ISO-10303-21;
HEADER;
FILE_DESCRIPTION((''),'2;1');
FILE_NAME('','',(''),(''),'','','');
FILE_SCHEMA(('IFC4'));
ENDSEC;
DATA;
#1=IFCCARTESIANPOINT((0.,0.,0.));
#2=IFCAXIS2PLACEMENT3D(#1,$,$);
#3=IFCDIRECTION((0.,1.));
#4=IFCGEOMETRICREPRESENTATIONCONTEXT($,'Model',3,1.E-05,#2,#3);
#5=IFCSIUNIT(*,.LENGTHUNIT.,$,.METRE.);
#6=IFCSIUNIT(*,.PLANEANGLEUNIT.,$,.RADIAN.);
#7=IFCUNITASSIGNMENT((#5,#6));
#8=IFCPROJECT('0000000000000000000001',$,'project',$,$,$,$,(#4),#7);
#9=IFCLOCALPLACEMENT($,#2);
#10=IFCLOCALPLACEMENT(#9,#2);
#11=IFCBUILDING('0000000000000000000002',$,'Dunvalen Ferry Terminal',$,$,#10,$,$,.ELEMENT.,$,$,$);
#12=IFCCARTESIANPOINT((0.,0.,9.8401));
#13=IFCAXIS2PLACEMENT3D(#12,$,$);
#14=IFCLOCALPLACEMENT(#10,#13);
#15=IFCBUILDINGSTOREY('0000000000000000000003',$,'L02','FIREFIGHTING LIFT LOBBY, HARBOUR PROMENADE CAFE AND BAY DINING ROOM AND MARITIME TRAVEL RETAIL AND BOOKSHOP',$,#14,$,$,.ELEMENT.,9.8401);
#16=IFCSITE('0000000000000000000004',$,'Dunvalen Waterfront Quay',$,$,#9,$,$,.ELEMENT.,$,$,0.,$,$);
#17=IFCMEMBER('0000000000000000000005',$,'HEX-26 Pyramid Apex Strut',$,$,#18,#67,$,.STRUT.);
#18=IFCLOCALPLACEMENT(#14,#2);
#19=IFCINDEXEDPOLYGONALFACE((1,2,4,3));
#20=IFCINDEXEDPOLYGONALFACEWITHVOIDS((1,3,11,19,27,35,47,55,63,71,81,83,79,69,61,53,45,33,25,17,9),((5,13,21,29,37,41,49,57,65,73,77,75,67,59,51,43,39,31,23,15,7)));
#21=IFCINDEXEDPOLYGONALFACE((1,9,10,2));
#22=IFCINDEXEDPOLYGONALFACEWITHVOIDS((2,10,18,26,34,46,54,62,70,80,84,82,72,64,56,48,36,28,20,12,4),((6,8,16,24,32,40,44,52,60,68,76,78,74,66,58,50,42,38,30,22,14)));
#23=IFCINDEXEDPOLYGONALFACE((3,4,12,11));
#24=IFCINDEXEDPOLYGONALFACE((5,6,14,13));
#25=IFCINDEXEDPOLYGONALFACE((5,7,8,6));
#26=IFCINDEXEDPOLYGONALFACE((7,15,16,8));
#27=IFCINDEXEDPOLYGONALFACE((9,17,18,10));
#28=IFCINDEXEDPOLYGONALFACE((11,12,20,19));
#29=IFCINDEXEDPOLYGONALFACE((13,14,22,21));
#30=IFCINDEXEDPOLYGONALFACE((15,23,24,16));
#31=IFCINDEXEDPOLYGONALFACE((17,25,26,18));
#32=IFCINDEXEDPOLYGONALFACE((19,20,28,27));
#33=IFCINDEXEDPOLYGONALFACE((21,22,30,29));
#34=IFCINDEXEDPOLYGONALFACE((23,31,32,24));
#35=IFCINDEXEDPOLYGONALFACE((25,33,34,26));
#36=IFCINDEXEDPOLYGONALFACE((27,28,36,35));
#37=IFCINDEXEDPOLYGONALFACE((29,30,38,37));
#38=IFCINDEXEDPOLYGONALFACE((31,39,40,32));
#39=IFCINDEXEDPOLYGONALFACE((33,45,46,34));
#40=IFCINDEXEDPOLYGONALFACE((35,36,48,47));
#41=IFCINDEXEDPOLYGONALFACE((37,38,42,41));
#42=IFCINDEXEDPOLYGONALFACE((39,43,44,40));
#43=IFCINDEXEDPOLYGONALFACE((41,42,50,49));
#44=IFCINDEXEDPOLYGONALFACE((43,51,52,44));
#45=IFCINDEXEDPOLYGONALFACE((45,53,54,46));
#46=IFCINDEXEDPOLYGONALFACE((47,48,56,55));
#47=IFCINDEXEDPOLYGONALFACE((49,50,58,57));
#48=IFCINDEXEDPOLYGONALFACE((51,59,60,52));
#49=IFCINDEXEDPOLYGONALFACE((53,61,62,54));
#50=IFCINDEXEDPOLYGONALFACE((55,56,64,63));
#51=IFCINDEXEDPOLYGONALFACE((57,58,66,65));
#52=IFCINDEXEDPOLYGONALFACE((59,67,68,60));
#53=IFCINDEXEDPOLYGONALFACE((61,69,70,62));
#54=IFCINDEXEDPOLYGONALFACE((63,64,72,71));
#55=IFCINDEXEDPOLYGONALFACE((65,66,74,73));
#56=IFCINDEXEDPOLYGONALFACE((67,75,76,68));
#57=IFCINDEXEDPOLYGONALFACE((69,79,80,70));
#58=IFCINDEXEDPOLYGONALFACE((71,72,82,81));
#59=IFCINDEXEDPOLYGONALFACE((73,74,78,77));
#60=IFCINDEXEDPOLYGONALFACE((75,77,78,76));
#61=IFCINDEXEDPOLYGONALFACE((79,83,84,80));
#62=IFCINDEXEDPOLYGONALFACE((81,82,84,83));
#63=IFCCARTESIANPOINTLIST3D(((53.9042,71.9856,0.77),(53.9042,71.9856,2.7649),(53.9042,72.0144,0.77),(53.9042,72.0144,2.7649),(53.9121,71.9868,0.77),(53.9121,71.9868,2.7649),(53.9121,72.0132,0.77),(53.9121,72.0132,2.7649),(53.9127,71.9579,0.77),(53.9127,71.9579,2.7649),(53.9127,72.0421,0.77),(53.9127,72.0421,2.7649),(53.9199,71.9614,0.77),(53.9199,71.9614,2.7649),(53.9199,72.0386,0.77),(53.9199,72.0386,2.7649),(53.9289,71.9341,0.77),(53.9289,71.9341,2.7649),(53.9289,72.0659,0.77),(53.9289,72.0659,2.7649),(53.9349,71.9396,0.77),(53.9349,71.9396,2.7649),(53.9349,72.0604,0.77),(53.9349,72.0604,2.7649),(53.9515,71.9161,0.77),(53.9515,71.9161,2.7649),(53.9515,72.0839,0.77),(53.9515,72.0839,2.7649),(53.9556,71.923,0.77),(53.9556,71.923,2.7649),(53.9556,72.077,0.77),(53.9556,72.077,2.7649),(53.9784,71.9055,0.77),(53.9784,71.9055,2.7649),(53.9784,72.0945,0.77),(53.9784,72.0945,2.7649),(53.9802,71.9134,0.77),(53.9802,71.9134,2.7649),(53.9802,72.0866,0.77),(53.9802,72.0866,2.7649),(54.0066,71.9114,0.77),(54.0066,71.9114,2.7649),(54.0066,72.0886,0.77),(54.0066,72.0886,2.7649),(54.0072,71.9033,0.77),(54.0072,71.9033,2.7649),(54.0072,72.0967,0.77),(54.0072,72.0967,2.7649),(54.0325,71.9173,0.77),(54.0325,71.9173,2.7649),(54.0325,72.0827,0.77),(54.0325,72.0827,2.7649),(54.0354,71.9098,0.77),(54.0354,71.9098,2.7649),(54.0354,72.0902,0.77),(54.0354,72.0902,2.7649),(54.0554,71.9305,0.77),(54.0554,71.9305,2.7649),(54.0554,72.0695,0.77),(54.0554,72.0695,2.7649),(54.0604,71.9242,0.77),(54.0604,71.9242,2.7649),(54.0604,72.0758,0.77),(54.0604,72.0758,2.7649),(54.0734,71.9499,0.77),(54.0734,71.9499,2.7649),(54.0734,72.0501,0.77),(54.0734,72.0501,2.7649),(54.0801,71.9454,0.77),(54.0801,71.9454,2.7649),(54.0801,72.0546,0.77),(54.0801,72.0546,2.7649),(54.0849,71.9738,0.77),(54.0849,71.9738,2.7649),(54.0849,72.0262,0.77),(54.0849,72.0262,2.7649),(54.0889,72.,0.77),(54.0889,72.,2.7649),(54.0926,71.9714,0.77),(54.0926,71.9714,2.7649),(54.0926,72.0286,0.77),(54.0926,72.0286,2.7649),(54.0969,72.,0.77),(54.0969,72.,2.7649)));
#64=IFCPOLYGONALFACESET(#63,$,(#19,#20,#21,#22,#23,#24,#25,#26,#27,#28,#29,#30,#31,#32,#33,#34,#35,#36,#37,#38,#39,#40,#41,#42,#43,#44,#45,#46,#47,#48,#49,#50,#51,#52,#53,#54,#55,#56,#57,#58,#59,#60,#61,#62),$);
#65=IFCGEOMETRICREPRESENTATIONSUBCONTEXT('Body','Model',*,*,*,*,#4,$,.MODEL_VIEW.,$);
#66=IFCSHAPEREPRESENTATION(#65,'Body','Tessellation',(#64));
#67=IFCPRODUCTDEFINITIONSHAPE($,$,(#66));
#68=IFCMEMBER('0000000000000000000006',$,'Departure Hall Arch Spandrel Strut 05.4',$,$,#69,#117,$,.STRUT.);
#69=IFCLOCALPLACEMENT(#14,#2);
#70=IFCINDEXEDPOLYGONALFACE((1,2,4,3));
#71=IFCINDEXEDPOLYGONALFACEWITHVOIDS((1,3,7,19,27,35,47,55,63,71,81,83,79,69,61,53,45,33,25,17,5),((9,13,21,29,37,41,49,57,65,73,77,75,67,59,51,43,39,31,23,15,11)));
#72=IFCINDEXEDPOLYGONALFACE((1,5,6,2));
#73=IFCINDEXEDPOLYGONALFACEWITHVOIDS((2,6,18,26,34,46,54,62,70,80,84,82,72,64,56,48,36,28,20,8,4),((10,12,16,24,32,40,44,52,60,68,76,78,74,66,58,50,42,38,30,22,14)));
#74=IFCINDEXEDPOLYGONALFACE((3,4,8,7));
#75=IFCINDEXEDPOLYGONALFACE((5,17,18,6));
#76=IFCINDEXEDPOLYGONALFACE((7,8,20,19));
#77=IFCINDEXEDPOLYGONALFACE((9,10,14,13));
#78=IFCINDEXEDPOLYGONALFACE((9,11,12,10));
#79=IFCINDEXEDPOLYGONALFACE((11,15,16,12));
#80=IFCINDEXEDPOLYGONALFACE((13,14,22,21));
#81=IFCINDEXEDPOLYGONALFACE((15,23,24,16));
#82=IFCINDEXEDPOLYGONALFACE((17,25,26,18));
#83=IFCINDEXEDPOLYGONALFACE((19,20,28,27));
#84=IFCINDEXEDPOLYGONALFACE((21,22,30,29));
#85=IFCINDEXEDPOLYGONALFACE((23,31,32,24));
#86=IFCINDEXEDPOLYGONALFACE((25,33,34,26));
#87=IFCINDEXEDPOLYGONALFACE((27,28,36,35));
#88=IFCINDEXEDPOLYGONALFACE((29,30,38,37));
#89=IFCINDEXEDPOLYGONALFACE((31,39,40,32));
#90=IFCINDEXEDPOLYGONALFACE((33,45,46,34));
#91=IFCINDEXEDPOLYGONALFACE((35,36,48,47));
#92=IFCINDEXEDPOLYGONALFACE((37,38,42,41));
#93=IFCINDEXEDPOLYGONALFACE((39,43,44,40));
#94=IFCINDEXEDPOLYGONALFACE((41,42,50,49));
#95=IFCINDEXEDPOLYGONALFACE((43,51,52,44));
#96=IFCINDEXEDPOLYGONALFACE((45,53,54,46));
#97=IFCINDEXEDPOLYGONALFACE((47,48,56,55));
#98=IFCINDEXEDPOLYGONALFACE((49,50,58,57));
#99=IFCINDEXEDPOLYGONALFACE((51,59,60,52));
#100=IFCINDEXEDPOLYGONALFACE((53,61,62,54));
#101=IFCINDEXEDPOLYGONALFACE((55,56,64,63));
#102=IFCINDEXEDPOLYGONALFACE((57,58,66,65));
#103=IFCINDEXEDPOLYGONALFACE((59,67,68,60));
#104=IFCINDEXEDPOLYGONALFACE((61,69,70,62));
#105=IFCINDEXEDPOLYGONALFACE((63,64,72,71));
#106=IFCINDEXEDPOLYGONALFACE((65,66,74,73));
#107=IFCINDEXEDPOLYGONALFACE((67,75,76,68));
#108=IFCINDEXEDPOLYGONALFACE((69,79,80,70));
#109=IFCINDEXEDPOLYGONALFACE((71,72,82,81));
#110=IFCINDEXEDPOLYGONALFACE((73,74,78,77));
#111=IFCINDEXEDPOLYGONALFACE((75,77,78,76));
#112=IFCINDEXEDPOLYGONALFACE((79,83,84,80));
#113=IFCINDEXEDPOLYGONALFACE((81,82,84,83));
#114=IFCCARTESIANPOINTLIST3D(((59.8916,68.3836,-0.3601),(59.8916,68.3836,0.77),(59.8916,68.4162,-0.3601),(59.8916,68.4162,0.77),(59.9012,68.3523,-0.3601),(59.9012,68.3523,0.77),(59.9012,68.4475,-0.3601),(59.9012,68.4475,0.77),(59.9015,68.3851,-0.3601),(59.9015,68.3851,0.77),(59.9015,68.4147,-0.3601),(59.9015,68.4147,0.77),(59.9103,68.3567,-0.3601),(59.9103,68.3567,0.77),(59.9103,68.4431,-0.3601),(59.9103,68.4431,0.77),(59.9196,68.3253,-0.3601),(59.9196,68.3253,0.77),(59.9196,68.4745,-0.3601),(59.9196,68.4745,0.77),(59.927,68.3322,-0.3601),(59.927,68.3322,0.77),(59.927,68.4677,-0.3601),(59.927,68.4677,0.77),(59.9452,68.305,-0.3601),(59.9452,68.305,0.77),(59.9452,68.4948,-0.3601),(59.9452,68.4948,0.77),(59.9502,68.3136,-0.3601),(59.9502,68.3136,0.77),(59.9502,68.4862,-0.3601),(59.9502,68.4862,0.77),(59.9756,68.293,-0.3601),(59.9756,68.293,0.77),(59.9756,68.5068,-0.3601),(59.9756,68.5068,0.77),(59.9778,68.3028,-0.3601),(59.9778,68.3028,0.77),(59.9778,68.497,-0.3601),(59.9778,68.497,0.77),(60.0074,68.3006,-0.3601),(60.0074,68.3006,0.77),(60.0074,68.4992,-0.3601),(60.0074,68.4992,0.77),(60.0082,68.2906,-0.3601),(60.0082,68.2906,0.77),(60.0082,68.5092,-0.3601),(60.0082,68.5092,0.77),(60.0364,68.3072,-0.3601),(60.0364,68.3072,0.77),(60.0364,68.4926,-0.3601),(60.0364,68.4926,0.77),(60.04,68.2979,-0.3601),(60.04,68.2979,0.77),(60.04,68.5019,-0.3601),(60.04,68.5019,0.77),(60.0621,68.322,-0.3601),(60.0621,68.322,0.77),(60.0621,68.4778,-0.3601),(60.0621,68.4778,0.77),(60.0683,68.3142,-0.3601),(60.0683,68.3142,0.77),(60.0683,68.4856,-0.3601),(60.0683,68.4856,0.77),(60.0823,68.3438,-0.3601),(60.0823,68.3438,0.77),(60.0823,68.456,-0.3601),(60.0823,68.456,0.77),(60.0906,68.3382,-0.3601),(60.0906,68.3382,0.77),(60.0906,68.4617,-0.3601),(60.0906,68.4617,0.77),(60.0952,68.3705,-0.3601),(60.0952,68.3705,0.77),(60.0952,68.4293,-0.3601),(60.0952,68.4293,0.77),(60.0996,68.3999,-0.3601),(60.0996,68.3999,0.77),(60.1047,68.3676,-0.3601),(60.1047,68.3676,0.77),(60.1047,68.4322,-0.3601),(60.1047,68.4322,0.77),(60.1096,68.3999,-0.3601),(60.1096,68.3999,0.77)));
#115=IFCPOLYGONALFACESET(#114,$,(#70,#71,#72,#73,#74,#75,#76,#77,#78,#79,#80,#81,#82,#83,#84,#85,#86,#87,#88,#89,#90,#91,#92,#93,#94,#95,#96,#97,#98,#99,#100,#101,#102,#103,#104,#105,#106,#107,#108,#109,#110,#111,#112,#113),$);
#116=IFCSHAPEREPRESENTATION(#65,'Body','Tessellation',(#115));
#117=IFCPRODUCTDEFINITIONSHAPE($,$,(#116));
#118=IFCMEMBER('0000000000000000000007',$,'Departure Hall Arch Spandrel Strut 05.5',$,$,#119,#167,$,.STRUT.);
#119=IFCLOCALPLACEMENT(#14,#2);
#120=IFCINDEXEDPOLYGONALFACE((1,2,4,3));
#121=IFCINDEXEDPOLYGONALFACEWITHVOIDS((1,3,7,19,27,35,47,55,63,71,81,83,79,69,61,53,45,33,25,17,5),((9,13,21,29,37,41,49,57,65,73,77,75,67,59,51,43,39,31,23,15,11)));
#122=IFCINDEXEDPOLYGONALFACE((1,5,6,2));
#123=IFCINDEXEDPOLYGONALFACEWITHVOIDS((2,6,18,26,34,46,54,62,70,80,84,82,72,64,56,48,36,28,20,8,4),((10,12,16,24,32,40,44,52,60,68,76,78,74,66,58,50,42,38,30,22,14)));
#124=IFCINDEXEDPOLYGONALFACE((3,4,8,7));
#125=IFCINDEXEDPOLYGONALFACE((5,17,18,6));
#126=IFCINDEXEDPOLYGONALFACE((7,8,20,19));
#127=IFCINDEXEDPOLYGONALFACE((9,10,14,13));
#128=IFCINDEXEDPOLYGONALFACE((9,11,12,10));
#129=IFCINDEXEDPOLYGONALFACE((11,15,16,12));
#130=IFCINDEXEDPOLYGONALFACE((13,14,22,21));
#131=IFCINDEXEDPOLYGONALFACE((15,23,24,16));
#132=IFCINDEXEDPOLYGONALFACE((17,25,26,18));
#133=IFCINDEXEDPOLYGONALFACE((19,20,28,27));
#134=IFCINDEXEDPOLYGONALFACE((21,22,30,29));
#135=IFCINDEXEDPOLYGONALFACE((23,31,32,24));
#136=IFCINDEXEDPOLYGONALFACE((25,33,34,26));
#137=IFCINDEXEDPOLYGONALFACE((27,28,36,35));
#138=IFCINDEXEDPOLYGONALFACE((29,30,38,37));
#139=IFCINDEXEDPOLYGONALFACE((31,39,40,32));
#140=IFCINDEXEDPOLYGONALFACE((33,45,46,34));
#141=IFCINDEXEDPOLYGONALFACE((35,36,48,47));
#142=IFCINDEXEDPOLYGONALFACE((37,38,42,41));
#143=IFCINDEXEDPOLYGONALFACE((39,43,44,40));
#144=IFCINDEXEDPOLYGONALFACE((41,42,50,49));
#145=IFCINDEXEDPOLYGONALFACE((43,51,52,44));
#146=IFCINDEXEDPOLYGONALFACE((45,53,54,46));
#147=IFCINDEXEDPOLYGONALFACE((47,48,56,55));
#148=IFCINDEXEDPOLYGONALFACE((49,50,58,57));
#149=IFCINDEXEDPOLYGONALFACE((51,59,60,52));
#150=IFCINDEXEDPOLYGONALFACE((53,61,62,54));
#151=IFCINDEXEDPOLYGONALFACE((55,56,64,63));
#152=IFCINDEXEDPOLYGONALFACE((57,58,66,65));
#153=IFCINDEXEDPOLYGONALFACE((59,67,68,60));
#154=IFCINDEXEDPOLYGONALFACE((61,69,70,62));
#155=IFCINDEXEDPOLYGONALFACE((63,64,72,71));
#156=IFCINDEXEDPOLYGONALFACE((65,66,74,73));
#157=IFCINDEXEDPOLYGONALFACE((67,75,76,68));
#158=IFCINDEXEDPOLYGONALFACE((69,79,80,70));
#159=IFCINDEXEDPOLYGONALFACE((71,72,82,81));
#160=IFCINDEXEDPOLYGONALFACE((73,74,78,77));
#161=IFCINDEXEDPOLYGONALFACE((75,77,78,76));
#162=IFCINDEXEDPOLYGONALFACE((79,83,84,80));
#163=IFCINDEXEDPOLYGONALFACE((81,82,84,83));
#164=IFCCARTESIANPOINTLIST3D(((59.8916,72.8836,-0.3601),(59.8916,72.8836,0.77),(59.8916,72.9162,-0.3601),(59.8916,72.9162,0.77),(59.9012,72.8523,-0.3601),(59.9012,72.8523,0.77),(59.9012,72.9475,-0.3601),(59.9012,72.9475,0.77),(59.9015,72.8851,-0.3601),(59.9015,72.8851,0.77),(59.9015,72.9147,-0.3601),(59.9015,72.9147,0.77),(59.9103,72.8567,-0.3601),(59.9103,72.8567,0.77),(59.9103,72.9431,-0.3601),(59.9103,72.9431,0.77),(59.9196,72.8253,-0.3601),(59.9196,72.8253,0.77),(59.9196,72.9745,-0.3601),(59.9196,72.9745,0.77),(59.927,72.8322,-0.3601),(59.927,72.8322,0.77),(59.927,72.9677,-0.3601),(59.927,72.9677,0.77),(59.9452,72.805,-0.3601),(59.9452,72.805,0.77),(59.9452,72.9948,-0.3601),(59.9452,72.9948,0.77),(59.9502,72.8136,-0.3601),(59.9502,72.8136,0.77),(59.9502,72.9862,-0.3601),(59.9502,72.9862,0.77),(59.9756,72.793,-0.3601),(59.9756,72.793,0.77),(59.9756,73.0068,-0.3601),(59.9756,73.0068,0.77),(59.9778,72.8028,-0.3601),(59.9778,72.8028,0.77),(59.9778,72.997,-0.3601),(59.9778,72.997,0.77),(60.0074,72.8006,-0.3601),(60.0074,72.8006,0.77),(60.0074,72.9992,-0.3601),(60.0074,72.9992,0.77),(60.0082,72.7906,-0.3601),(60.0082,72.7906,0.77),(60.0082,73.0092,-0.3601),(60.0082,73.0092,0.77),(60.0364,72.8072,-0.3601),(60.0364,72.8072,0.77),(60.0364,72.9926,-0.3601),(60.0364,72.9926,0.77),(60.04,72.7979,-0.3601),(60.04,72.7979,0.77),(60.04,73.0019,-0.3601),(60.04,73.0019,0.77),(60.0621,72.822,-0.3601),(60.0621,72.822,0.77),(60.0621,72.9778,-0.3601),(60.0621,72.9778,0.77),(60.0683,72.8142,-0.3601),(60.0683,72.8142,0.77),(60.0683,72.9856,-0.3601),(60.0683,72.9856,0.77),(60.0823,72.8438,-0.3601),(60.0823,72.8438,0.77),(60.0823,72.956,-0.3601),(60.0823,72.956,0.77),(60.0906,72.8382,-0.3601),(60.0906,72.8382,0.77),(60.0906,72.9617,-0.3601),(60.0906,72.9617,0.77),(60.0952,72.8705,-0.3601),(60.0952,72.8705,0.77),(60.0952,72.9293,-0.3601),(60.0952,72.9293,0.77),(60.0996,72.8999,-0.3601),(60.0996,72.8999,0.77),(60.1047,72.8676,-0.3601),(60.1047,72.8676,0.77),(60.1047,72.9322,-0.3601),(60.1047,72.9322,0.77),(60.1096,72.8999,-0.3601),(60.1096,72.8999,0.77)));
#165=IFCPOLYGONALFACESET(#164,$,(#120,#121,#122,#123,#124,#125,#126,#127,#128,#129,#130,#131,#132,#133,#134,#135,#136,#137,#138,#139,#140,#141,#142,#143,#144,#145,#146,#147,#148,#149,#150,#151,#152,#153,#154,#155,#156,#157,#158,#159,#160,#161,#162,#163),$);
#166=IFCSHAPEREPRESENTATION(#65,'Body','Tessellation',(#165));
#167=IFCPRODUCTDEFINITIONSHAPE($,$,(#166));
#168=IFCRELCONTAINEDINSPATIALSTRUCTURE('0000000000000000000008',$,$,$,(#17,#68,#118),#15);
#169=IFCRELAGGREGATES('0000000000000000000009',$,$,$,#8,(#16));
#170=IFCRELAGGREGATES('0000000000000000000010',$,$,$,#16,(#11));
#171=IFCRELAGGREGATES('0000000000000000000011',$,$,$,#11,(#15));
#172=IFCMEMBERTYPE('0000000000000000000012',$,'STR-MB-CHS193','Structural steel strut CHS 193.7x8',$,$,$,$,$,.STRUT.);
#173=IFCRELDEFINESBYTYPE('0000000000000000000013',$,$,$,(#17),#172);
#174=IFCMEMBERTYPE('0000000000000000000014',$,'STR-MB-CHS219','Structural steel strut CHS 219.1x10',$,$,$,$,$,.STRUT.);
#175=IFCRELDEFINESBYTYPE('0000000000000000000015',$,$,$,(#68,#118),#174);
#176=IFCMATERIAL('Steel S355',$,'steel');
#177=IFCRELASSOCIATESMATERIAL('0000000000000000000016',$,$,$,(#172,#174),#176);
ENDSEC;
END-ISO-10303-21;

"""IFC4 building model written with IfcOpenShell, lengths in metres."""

from ifc_helpers import new_model, si_unit, direction, frame, origin, origin_2d, place, context, subcontext, project, spatial, hollow_circle, extrude, material, material_profile, profile_set, type_object, element, save


model = new_model("IFC4")

# Units and contexts
model_context = context("Model", 3, precision=1e-05, world=origin(), true_north=direction((0.0, 1.0)))
body_context = subcontext(model_context, "Body", "Model", "MODEL_VIEW")
ifc_project = project(units=[si_unit("LENGTHUNIT", "METRE"), si_unit("PLANEANGLEUNIT", "RADIAN")], contexts=[model_context])

# Site, building, storey
site_placement = place(None, origin())
site = spatial("IfcSite", under=ifc_project, at=site_placement, Name="Dunvalen Waterfront Quay", CompositionType="ELEMENT", RefElevation=0.0)
building_placement = place(site_placement, origin())
building = spatial("IfcBuilding", under=site, at=building_placement, Name="Dunvalen Ferry Terminal", CompositionType="ELEMENT")
storey_placement = place(building_placement, frame((0.0, 0.0, 9.8401)))
storey = spatial("IfcBuildingStorey", under=building, at=storey_placement, Name="L02", Description="FIREFIGHTING LIFT LOBBY, HARBOUR PROMENADE CAFE AND BAY DINING ROOM AND MARITIME TRAVEL RETAIL AND BOOKSHOP", CompositionType="ELEMENT", Elevation=9.8401)

# Shared definitions
ifc_material_1 = material(Name="Steel S355", Category="steel")

# Members
ifc_material_profile_1 = material_profile(ifc_material_1, hollow_circle(Radius=0.0969, WallThickness=0.0081, at=origin_2d()), Name="Steel S355")
ifc_profile_set_1 = profile_set([ifc_material_profile_1], Name="Steel S355")
member_type_1 = type_object("IfcMemberType", Name="STR-MB-CHS193", Description="Structural steel strut CHS 193.7x8", PredefinedType="STRUT", material=ifc_profile_set_1)
member_1_placement = place(storey_placement, frame((54.0, 72.0, 0.77), z_axis=(0.0, 0.0, 1.0), x_axis=(1.0, 0.0, 0.0)))
element("IfcMember", 1, at=member_1_placement, inside=storey, type_object=member_type_1, Name="HEX-26 Pyramid Apex Strut", PredefinedType="STRUT", context=body_context, shape_type="SweptSolid", body=[
    extrude(hollow_circle(Radius=0.0969, WallThickness=0.0081, at=origin_2d()), origin(), (0.0, 0.0, 1.0), 1.9949),
])
ifc_material_profile_2 = material_profile(ifc_material_1, hollow_circle(Radius=0.1096, WallThickness=0.01, at=origin_2d()), Name="Steel S355")
ifc_profile_set_2 = profile_set([ifc_material_profile_2], Name="Steel S355")
member_type_2 = type_object("IfcMemberType", Name="STR-MB-CHS219", Description="Structural steel strut CHS 219.1x10", PredefinedType="STRUT", material=ifc_profile_set_2)
for number, where, z_axis, x_axis, name in (
    (2, (60.0, 68.3999, -0.3601), (0.0, 0.0, 1.0), (1.0, 0.0, 0.0), "Departure Hall Arch Spandrel Strut 05.4"),
    (3, (60.0, 72.8999, -0.3601), (0.0, 0.0, 1.0), (1.0, 0.0, 0.0), "Departure Hall Arch Spandrel Strut 05.5"),
):
    element("IfcMember", number, at=place(storey_placement, frame(where, z_axis=z_axis, x_axis=x_axis)), inside=storey, type_object=member_type_2, Name=name, PredefinedType="STRUT", context=body_context, shape_type="SweptSolid", body=[
        extrude(hollow_circle(Radius=0.1096, WallThickness=0.01, at=origin_2d()), origin(), (0.0, 0.0, 1.0), 1.1301),
    ])

save(model, "model.ifc")
